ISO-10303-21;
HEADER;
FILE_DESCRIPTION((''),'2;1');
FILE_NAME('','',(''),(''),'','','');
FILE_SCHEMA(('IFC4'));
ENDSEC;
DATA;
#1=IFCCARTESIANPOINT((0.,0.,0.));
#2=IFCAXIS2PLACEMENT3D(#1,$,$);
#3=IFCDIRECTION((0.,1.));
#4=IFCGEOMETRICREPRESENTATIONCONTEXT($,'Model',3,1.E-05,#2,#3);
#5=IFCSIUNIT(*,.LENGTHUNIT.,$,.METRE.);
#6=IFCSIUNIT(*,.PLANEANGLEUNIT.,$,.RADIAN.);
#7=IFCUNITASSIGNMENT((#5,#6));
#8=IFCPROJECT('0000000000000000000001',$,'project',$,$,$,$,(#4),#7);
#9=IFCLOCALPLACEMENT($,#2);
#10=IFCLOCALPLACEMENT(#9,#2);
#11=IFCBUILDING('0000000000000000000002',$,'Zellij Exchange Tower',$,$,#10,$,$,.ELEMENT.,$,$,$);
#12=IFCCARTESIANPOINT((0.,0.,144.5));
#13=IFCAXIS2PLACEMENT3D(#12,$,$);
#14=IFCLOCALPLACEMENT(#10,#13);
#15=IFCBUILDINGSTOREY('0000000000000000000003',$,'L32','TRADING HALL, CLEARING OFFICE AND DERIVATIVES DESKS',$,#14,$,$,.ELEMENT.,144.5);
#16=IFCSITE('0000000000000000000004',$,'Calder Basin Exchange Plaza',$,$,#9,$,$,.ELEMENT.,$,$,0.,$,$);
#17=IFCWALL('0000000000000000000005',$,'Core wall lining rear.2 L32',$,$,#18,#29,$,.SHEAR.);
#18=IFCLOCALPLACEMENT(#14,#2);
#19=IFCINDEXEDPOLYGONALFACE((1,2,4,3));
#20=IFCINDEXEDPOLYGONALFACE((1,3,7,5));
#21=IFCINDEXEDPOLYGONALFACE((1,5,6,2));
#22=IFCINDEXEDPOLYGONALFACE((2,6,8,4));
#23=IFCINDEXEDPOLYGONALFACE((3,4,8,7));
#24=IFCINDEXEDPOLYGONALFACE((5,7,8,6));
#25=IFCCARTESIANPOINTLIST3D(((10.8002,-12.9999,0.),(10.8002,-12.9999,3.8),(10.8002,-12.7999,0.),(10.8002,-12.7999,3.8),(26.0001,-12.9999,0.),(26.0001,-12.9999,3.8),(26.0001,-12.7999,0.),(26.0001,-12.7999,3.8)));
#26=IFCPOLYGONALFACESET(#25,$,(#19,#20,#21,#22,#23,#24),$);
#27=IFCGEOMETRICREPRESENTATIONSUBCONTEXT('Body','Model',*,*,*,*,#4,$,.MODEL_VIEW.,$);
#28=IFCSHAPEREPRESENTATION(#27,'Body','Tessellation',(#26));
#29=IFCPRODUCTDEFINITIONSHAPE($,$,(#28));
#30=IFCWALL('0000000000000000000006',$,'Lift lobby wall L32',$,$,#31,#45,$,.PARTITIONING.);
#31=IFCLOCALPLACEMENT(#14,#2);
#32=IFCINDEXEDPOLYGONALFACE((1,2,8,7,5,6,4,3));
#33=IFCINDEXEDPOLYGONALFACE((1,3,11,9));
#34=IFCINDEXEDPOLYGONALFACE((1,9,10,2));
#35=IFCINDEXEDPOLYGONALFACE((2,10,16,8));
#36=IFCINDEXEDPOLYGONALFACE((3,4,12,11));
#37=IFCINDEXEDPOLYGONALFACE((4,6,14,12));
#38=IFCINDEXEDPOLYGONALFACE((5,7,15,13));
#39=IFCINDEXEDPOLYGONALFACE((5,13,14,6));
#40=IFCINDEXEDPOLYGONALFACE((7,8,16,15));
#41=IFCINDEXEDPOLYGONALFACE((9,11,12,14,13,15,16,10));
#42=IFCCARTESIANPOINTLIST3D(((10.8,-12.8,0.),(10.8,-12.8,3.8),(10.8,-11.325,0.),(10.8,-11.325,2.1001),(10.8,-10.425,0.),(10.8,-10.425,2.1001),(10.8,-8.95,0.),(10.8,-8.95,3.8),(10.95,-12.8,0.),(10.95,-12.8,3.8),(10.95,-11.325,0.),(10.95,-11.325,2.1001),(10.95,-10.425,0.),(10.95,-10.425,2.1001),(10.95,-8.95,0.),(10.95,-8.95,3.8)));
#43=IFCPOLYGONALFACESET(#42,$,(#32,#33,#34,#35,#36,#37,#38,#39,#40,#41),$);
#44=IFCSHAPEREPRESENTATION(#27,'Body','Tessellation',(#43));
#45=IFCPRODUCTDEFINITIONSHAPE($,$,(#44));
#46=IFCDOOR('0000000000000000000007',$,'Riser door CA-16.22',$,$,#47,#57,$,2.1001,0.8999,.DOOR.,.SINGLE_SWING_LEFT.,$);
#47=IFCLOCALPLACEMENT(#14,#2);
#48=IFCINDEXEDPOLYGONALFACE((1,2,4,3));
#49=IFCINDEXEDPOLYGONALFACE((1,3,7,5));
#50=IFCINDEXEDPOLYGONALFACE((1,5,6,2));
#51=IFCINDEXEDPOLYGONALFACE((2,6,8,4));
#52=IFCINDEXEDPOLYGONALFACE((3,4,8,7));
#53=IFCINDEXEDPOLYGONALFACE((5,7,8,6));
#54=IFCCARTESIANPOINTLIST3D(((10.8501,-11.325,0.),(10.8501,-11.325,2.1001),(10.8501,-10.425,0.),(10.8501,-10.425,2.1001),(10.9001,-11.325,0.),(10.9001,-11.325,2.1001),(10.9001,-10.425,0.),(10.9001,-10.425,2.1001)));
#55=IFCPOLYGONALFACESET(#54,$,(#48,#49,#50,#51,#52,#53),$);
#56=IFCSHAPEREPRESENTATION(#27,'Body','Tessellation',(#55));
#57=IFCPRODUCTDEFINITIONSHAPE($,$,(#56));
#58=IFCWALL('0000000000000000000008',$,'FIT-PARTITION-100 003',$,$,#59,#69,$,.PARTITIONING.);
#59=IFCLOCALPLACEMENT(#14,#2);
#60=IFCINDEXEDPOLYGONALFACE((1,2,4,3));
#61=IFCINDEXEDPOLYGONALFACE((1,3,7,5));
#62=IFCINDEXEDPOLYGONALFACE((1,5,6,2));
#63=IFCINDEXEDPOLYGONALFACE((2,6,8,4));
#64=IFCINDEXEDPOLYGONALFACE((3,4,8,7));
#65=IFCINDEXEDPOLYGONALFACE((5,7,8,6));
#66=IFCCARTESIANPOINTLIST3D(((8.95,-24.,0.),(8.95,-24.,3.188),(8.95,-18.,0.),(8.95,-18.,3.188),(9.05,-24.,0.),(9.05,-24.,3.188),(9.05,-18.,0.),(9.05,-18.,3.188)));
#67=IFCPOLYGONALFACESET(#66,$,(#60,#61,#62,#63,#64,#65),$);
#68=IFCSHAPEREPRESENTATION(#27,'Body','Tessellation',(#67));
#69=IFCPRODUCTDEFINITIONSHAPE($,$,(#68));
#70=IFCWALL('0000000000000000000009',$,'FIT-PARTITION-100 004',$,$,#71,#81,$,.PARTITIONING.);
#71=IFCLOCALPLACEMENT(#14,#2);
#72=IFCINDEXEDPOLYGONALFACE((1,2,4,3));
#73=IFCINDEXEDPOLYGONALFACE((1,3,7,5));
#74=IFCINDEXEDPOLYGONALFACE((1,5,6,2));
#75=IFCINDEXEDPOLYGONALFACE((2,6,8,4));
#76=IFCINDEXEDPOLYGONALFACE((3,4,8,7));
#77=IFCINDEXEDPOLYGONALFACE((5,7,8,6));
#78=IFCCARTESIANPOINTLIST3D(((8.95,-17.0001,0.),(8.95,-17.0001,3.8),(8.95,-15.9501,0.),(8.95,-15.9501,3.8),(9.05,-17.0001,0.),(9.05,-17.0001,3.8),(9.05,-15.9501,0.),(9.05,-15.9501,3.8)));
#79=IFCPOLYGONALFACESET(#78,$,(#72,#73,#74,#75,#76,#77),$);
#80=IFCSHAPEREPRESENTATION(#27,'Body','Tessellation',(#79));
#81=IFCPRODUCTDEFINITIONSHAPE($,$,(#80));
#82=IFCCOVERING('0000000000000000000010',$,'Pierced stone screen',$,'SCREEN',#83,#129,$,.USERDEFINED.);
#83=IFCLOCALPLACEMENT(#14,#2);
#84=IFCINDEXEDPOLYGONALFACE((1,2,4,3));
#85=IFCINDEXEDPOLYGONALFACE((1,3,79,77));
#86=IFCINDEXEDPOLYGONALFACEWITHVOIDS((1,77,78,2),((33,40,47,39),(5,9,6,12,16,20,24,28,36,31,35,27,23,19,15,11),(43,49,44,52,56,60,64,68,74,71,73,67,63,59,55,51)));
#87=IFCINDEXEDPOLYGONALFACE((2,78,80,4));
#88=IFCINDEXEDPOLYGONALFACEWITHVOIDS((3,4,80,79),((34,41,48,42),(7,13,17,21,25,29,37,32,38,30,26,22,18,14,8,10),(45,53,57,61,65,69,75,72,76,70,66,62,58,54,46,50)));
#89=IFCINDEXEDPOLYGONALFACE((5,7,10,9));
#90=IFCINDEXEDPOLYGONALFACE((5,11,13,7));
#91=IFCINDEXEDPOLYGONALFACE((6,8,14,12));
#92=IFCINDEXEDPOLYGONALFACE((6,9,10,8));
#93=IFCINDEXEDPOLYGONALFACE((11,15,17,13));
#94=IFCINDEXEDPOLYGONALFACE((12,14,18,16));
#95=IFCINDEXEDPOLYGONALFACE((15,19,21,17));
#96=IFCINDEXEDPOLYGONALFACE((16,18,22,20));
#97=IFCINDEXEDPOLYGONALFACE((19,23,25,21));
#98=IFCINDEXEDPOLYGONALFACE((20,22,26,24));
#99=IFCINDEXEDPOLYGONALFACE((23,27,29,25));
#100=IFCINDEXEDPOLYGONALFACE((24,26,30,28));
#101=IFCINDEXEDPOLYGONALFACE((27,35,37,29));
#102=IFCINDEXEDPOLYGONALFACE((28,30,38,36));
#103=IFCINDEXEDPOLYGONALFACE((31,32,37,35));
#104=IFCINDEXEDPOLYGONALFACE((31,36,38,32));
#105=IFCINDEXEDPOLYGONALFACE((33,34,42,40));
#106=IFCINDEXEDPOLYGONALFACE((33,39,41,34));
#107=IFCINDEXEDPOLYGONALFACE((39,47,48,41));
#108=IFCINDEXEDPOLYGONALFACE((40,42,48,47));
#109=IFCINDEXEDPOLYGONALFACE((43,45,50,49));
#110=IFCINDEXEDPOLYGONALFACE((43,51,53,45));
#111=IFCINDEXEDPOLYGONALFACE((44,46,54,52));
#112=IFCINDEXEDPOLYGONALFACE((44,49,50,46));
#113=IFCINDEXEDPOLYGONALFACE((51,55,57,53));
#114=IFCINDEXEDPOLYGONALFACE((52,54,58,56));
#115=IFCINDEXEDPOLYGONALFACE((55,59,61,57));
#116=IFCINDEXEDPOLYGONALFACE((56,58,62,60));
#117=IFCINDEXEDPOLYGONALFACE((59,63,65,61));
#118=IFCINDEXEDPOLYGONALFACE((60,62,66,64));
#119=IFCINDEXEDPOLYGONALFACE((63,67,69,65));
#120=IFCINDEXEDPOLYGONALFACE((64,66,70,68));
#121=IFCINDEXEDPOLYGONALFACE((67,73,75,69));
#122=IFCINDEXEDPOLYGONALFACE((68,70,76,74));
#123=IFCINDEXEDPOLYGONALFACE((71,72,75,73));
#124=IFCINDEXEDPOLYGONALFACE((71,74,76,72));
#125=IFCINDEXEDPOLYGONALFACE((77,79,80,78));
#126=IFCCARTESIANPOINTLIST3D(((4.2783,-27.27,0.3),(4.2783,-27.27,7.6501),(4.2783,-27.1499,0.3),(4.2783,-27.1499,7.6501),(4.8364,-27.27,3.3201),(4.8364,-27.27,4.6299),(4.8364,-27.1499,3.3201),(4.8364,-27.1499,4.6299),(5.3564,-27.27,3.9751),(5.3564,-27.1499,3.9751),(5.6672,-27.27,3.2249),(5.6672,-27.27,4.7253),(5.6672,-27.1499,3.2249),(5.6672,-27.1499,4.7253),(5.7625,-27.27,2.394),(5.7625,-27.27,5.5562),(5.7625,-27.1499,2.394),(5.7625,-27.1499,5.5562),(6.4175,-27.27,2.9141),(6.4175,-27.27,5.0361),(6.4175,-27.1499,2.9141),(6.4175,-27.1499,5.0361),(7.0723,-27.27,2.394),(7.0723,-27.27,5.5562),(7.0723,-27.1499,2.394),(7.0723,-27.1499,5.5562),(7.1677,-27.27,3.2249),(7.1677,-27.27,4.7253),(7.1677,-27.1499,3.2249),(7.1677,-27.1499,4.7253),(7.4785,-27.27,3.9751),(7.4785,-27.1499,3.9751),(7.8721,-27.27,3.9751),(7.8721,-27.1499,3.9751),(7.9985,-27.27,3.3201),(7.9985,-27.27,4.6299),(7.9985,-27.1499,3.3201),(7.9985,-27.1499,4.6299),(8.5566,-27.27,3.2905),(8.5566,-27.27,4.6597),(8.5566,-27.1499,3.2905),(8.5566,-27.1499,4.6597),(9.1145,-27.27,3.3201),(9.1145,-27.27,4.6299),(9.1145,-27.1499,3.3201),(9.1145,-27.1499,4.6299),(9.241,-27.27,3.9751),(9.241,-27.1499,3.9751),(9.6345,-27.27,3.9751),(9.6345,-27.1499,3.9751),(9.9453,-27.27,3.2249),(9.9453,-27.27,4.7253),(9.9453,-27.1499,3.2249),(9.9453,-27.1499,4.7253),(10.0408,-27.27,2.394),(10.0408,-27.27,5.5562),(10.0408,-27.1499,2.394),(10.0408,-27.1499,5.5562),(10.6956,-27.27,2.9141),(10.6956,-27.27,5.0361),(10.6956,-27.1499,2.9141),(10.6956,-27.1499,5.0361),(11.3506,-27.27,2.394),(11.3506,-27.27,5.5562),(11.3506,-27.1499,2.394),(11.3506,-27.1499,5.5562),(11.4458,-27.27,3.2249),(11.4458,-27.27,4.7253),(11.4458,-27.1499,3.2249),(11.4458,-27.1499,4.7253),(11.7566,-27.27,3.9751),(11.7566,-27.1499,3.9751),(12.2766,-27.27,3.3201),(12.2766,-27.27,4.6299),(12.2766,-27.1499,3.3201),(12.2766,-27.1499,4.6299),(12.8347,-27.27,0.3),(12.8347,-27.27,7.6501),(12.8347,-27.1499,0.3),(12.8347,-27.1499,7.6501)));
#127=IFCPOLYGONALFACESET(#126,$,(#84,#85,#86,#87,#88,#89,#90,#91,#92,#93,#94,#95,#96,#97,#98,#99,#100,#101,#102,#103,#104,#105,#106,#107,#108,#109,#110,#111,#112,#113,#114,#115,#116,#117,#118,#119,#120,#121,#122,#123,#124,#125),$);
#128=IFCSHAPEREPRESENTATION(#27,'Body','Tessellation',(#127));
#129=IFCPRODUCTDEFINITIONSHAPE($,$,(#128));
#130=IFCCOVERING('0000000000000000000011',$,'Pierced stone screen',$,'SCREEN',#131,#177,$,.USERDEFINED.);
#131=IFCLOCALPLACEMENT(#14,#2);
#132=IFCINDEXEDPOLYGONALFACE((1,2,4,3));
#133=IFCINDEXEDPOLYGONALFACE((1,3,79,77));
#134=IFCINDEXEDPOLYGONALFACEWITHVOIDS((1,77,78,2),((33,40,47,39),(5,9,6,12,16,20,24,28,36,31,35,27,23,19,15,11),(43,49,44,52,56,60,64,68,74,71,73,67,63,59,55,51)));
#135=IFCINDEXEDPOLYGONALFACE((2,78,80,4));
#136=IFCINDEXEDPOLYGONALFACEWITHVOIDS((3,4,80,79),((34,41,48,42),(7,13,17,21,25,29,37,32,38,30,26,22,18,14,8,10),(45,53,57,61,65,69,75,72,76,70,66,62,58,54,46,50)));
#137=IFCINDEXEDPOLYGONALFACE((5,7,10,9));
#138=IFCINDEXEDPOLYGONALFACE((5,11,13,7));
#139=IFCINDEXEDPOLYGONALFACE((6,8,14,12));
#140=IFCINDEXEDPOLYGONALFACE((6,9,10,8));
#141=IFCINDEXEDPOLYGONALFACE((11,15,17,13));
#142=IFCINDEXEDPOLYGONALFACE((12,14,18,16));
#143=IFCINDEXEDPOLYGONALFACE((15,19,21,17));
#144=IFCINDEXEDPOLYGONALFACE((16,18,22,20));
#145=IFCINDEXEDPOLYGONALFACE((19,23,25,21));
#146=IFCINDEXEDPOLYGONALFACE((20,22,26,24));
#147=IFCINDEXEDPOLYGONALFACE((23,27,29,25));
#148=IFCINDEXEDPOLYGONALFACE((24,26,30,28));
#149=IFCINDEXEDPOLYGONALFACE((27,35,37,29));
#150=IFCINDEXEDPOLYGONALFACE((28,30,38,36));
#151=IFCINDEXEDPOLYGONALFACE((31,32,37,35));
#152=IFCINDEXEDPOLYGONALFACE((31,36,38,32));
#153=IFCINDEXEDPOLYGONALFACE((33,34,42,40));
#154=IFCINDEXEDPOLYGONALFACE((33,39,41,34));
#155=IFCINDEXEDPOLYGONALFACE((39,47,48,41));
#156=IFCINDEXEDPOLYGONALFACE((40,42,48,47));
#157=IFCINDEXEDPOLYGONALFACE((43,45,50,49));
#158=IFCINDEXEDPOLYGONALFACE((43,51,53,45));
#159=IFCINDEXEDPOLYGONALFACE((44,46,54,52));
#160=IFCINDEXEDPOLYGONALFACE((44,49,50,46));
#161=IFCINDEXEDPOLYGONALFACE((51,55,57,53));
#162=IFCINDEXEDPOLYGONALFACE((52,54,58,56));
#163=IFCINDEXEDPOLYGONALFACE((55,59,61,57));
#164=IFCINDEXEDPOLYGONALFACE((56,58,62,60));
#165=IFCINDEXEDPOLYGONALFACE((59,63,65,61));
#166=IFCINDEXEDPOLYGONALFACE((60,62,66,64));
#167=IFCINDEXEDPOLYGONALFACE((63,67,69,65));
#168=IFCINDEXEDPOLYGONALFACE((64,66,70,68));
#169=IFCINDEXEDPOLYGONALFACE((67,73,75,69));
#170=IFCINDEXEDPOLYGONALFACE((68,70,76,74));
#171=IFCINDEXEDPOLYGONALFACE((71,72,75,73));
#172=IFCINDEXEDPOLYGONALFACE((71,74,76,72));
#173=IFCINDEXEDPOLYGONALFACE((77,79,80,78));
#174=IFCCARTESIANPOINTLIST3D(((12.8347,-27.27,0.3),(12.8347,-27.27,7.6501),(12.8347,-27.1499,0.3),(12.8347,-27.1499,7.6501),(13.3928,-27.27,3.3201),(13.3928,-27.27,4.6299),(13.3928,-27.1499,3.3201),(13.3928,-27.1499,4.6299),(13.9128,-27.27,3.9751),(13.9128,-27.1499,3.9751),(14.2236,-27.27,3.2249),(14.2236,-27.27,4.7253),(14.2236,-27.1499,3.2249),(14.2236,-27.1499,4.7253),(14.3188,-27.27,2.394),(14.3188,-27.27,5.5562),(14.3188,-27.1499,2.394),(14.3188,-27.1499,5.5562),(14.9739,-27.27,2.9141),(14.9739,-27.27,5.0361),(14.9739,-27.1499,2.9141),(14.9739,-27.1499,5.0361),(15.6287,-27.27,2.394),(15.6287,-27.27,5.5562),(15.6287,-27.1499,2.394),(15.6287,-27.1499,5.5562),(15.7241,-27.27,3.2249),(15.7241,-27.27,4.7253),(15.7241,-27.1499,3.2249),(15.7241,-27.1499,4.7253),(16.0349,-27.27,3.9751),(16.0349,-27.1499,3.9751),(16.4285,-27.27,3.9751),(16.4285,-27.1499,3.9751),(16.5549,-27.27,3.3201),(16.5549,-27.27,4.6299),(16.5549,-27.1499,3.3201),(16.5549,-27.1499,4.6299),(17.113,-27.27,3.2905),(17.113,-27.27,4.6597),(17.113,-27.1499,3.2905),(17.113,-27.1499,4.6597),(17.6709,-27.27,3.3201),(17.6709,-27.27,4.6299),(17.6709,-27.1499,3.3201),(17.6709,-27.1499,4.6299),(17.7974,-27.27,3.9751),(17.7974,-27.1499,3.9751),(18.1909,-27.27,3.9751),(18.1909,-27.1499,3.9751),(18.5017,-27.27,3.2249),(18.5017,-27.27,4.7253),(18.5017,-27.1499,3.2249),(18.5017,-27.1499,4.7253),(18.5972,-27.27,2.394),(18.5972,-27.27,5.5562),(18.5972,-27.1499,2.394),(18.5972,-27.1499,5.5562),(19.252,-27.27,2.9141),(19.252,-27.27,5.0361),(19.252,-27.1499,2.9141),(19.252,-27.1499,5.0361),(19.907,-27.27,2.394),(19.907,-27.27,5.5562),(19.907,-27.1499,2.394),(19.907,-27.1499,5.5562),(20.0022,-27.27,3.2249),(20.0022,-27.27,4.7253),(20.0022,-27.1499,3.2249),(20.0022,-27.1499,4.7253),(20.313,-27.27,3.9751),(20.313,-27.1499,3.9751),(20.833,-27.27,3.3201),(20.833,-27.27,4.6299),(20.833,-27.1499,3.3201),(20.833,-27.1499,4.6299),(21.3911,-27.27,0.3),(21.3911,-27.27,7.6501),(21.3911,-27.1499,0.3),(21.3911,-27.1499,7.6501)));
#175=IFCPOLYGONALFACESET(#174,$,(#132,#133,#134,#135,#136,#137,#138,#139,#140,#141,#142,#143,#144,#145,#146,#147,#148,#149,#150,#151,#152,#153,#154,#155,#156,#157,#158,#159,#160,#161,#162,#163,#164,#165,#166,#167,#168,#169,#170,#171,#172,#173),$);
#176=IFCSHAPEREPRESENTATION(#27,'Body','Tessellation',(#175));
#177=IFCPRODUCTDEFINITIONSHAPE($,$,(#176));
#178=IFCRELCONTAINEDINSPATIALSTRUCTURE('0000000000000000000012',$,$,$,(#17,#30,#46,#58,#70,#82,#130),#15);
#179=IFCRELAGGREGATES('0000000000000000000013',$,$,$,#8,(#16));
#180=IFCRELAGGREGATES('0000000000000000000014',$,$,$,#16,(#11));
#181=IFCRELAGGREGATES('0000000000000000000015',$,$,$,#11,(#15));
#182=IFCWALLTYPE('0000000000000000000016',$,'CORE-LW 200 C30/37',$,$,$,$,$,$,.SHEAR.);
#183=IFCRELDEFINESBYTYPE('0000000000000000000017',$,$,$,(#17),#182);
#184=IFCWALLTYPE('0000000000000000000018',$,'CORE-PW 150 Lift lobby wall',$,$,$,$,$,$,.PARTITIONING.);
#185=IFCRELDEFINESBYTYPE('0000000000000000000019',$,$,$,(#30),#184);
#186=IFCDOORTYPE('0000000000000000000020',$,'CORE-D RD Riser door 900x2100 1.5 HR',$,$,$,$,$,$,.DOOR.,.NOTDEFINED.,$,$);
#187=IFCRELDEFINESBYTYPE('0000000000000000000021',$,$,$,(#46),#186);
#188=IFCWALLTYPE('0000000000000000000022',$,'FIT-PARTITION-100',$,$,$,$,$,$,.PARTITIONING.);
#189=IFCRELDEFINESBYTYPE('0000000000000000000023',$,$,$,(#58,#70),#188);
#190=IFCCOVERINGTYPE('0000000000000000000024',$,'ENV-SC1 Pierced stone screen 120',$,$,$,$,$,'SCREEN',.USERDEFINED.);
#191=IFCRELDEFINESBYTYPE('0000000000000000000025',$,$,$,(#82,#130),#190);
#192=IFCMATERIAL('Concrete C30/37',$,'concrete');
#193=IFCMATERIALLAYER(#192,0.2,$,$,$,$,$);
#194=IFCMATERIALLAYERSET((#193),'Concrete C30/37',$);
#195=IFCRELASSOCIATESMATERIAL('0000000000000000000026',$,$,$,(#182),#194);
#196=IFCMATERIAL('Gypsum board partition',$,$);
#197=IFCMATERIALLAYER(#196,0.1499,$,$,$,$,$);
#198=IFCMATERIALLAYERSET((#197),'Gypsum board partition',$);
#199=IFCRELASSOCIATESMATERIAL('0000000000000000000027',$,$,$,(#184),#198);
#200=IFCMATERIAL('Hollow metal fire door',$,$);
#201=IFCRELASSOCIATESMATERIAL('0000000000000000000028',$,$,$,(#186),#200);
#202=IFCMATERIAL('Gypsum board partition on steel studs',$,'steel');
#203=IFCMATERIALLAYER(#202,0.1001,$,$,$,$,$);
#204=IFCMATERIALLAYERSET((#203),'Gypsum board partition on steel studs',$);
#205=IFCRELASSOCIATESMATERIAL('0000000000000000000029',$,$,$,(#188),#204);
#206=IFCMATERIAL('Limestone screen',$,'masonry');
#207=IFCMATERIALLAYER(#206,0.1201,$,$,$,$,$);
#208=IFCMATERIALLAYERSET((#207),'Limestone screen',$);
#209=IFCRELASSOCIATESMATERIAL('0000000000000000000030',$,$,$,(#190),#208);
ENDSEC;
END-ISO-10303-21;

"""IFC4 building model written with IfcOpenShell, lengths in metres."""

from ifc_helpers import new_model, si_unit, direction, frame, frame_2d, origin, place, context, subcontext, project, spatial, polyline, rectangle, outline, extrude, material, layer, layer_set, type_object, element, fill, save


model = new_model("IFC4")

# Units and contexts
model_context = context("Model", 3, precision=1e-05, world=origin(), true_north=direction((0.0, 1.0)))
body_context = subcontext(model_context, "Body", "Model", "MODEL_VIEW")
ifc_project = project(units=[si_unit("LENGTHUNIT", "METRE"), si_unit("PLANEANGLEUNIT", "RADIAN")], contexts=[model_context])

# Site, building, storey
site_placement = place(None, origin())
site = spatial("IfcSite", under=ifc_project, at=site_placement, Name="Calder Basin Exchange Plaza", CompositionType="ELEMENT", RefElevation=0.0)
building_placement = place(site_placement, origin())
building = spatial("IfcBuilding", under=site, at=building_placement, Name="Zellij Exchange Tower", CompositionType="ELEMENT")
storey_placement = place(building_placement, frame((0.0, 0.0, 144.5)))
storey = spatial("IfcBuildingStorey", under=building, at=storey_placement, Name="L32", Description="TRADING HALL, CLEARING OFFICE AND DERIVATIVES DESKS", CompositionType="ELEMENT", Elevation=144.5)

# Wall
ifc_material_1 = material(Name="Concrete C30/37", Category="concrete")
ifc_layer_1 = layer(ifc_material_1, 0.2)
ifc_layer_set_1 = layer_set([ifc_layer_1], Name="Concrete C30/37")
wall_type_1 = type_object("IfcWallType", Name="CORE-LW 200 C30/37", PredefinedType="SHEAR", material=ifc_layer_set_1)
wall_1_placement = place(storey_placement, frame((10.8, -12.8999, 0.0), z_axis=(0.0, 0.0, 1.0), x_axis=(1.0, 0.0, 0.0)))
element("IfcWall", 1, at=wall_1_placement, inside=storey, type_object=wall_type_1, Name="Core wall lining rear.2 L32", PredefinedType="SHEAR", context=body_context, shape_type="SweptSolid", body=[
    extrude(rectangle(XDim=15.2, YDim=0.2, at=frame_2d((7.6001, 0.0))), origin(), (0.0, 0.0, 1.0), 3.8),
])

# Wall, opening, door
ifc_material_2 = material(Name="Gypsum board partition")
ifc_layer_2 = layer(ifc_material_2, 0.1499)
ifc_layer_set_2 = layer_set([ifc_layer_2], Name="Gypsum board partition")
wall_type_2 = type_object("IfcWallType", Name="CORE-PW 150 Lift lobby wall", PredefinedType="PARTITIONING", material=ifc_layer_set_2)
wall_2_placement = place(storey_placement, frame((10.875, -12.8, 0.0), z_axis=(0.0, 0.0, 1.0), x_axis=(0.0, 1.0, 0.0)))
wall_2 = element("IfcWall", 2, at=wall_2_placement, inside=storey, type_object=wall_type_2, Name="Lift lobby wall L32", PredefinedType="PARTITIONING", context=body_context, shape_type="SweptSolid", body=[
    extrude(rectangle(XDim=3.8501, YDim=0.1499, at=frame_2d((1.925, 0.0))), origin(), (0.0, 0.0, 1.0), 3.8),
])
opening_placement = place(wall_2_placement, frame((1.4751, 0.0, 0.0)))
opening = element("IfcOpeningElement", 3, at=opening_placement, cuts=wall_2, PredefinedType="OPENING", context=body_context, shape_type="SweptSolid", body=[
    extrude(rectangle(XDim=0.8999, YDim=2.1001, at=frame_2d((0.45, 1.05))), frame((0.0, 0.0869, 0.0), z_axis=(0.0, -1.0, 0.0), x_axis=(1.0, 0.0, 0.0)), (0.0, 0.0, 1.0), 0.1738),
])
ifc_material_3 = material(Name="Hollow metal fire door")
door_type = type_object("IfcDoorType", Name="CORE-D RD Riser door 900x2100 1.5 HR", OperationType="NOTDEFINED", PredefinedType="DOOR", material=ifc_material_3)
door_placement = place(opening_placement, origin())
door = element("IfcDoor", 4, at=door_placement, inside=storey, type_object=door_type, Name="Riser door CA-16.22", OperationType="SINGLE_SWING_LEFT", OverallHeight=2.1001, OverallWidth=0.8999, PredefinedType="DOOR", context=body_context, shape_type="SweptSolid", body=[
    extrude(rectangle(XDim=0.8999, YDim=2.1001, at=frame_2d((0.45, 1.05))), frame((0.0, 0.0249, 0.0), z_axis=(0.0, -1.0, 0.0), x_axis=(1.0, 0.0, 0.0)), (0.0, 0.0, 1.0), 0.05),
])
fill(opening, door)

# Walls
ifc_material_4 = material(Name="Gypsum board partition on steel studs", Category="steel")
ifc_layer_3 = layer(ifc_material_4, 0.1001)
ifc_layer_set_3 = layer_set([ifc_layer_3], Name="Gypsum board partition on steel studs")
wall_type_3 = type_object("IfcWallType", Name="FIT-PARTITION-100", PredefinedType="PARTITIONING", material=ifc_layer_set_3)
wall_3_placement = place(storey_placement, frame((9.0, -24.0, 0.0), z_axis=(0.0, 0.0, 1.0), x_axis=(0.0, 1.0, 0.0)))
element("IfcWall", 5, at=wall_3_placement, inside=storey, type_object=wall_type_3, Name="FIT-PARTITION-100 003", PredefinedType="PARTITIONING", context=body_context, shape_type="SweptSolid", body=[
    extrude(rectangle(XDim=6.0, YDim=0.1001, at=frame_2d((3.0, 0.0))), origin(), (0.0, 0.0, 1.0), 3.188),
])
wall_4_placement = place(storey_placement, frame((9.0, -17.0, 0.0), z_axis=(0.0, 0.0, 1.0), x_axis=(0.0, 1.0, 0.0)))
element("IfcWall", 6, at=wall_4_placement, inside=storey, type_object=wall_type_3, Name="FIT-PARTITION-100 004", PredefinedType="PARTITIONING", context=body_context, shape_type="SweptSolid", body=[
    extrude(rectangle(XDim=1.05, YDim=0.1001, at=frame_2d((0.5249, 0.0))), origin(), (0.0, 0.0, 1.0), 3.8),
])

# Coverings
ifc_material_5 = material(Name="Limestone screen", Category="masonry")
ifc_layer_4 = layer(ifc_material_5, 0.1201)
ifc_layer_set_4 = layer_set([ifc_layer_4], Name="Limestone screen")
covering_type = type_object("IfcCoveringType", Name="ENV-SC1 Pierced stone screen 120", ElementType="SCREEN", PredefinedType="USERDEFINED", material=ifc_layer_set_4)
for number, where, z_axis, x_axis, name in (
    (7, (4.2783, -27.21, 0.3), (0.0, 0.0, 1.0), (1.0, 0.0, 0.0), "Pierced stone screen"),
    (8, (12.8347, -27.21, 0.3), (0.0, 0.0, 1.0), (1.0, 0.0, 0.0), "Pierced stone screen"),
):
    element("IfcCovering", number, at=place(storey_placement, frame(where, z_axis=z_axis, x_axis=x_axis)), inside=storey, type_object=covering_type, Name=name, ObjectType="SCREEN", PredefinedType="USERDEFINED", context=body_context, shape_type="SweptSolid", body=[
        extrude(outline(polyline([(0.0, 0.0), (8.5564, 0.0), (8.5564, 7.3501), (0.0, 7.3501), (0.0, 0.0)]), holes=[polyline([(3.7202, 4.3298), (2.8894, 4.4253), (2.7939, 5.2561), (2.1392, 4.7361), (1.4841, 5.2561), (1.3889, 4.4253), (0.5581, 4.3298), (1.0781, 3.675), (0.5581, 3.02), (1.3889, 2.9248), (1.4841, 2.094), (2.1392, 2.614), (2.7939, 2.094), (2.8894, 2.9248), (3.7202, 3.02), (3.2002, 3.675), (3.7202, 4.3298)]), polyline([(7.9983, 4.3298), (7.1675, 4.4253), (7.0723, 5.2561), (6.4172, 4.7361), (5.7625, 5.2561), (5.667, 4.4253), (4.8362, 4.3298), (5.3562, 3.675), (4.8362, 3.02), (5.667, 2.9248), (5.7625, 2.094), (6.4172, 2.614), (7.0723, 2.094), (7.1675, 2.9248), (7.9983, 3.02), (7.4783, 3.675), (7.9983, 4.3298)]), polyline([(4.9626, 3.675), (4.2783, 4.3596), (3.5938, 3.675), (4.2783, 2.9905), (4.9626, 3.675)])]), frame((0.0, 0.0601, 0.0), z_axis=(0.0, -1.0, 0.0), x_axis=(1.0, 0.0, 0.0)), (0.0, 0.0, 1.0), 0.1201),
    ])

save(model, "model.ifc")
